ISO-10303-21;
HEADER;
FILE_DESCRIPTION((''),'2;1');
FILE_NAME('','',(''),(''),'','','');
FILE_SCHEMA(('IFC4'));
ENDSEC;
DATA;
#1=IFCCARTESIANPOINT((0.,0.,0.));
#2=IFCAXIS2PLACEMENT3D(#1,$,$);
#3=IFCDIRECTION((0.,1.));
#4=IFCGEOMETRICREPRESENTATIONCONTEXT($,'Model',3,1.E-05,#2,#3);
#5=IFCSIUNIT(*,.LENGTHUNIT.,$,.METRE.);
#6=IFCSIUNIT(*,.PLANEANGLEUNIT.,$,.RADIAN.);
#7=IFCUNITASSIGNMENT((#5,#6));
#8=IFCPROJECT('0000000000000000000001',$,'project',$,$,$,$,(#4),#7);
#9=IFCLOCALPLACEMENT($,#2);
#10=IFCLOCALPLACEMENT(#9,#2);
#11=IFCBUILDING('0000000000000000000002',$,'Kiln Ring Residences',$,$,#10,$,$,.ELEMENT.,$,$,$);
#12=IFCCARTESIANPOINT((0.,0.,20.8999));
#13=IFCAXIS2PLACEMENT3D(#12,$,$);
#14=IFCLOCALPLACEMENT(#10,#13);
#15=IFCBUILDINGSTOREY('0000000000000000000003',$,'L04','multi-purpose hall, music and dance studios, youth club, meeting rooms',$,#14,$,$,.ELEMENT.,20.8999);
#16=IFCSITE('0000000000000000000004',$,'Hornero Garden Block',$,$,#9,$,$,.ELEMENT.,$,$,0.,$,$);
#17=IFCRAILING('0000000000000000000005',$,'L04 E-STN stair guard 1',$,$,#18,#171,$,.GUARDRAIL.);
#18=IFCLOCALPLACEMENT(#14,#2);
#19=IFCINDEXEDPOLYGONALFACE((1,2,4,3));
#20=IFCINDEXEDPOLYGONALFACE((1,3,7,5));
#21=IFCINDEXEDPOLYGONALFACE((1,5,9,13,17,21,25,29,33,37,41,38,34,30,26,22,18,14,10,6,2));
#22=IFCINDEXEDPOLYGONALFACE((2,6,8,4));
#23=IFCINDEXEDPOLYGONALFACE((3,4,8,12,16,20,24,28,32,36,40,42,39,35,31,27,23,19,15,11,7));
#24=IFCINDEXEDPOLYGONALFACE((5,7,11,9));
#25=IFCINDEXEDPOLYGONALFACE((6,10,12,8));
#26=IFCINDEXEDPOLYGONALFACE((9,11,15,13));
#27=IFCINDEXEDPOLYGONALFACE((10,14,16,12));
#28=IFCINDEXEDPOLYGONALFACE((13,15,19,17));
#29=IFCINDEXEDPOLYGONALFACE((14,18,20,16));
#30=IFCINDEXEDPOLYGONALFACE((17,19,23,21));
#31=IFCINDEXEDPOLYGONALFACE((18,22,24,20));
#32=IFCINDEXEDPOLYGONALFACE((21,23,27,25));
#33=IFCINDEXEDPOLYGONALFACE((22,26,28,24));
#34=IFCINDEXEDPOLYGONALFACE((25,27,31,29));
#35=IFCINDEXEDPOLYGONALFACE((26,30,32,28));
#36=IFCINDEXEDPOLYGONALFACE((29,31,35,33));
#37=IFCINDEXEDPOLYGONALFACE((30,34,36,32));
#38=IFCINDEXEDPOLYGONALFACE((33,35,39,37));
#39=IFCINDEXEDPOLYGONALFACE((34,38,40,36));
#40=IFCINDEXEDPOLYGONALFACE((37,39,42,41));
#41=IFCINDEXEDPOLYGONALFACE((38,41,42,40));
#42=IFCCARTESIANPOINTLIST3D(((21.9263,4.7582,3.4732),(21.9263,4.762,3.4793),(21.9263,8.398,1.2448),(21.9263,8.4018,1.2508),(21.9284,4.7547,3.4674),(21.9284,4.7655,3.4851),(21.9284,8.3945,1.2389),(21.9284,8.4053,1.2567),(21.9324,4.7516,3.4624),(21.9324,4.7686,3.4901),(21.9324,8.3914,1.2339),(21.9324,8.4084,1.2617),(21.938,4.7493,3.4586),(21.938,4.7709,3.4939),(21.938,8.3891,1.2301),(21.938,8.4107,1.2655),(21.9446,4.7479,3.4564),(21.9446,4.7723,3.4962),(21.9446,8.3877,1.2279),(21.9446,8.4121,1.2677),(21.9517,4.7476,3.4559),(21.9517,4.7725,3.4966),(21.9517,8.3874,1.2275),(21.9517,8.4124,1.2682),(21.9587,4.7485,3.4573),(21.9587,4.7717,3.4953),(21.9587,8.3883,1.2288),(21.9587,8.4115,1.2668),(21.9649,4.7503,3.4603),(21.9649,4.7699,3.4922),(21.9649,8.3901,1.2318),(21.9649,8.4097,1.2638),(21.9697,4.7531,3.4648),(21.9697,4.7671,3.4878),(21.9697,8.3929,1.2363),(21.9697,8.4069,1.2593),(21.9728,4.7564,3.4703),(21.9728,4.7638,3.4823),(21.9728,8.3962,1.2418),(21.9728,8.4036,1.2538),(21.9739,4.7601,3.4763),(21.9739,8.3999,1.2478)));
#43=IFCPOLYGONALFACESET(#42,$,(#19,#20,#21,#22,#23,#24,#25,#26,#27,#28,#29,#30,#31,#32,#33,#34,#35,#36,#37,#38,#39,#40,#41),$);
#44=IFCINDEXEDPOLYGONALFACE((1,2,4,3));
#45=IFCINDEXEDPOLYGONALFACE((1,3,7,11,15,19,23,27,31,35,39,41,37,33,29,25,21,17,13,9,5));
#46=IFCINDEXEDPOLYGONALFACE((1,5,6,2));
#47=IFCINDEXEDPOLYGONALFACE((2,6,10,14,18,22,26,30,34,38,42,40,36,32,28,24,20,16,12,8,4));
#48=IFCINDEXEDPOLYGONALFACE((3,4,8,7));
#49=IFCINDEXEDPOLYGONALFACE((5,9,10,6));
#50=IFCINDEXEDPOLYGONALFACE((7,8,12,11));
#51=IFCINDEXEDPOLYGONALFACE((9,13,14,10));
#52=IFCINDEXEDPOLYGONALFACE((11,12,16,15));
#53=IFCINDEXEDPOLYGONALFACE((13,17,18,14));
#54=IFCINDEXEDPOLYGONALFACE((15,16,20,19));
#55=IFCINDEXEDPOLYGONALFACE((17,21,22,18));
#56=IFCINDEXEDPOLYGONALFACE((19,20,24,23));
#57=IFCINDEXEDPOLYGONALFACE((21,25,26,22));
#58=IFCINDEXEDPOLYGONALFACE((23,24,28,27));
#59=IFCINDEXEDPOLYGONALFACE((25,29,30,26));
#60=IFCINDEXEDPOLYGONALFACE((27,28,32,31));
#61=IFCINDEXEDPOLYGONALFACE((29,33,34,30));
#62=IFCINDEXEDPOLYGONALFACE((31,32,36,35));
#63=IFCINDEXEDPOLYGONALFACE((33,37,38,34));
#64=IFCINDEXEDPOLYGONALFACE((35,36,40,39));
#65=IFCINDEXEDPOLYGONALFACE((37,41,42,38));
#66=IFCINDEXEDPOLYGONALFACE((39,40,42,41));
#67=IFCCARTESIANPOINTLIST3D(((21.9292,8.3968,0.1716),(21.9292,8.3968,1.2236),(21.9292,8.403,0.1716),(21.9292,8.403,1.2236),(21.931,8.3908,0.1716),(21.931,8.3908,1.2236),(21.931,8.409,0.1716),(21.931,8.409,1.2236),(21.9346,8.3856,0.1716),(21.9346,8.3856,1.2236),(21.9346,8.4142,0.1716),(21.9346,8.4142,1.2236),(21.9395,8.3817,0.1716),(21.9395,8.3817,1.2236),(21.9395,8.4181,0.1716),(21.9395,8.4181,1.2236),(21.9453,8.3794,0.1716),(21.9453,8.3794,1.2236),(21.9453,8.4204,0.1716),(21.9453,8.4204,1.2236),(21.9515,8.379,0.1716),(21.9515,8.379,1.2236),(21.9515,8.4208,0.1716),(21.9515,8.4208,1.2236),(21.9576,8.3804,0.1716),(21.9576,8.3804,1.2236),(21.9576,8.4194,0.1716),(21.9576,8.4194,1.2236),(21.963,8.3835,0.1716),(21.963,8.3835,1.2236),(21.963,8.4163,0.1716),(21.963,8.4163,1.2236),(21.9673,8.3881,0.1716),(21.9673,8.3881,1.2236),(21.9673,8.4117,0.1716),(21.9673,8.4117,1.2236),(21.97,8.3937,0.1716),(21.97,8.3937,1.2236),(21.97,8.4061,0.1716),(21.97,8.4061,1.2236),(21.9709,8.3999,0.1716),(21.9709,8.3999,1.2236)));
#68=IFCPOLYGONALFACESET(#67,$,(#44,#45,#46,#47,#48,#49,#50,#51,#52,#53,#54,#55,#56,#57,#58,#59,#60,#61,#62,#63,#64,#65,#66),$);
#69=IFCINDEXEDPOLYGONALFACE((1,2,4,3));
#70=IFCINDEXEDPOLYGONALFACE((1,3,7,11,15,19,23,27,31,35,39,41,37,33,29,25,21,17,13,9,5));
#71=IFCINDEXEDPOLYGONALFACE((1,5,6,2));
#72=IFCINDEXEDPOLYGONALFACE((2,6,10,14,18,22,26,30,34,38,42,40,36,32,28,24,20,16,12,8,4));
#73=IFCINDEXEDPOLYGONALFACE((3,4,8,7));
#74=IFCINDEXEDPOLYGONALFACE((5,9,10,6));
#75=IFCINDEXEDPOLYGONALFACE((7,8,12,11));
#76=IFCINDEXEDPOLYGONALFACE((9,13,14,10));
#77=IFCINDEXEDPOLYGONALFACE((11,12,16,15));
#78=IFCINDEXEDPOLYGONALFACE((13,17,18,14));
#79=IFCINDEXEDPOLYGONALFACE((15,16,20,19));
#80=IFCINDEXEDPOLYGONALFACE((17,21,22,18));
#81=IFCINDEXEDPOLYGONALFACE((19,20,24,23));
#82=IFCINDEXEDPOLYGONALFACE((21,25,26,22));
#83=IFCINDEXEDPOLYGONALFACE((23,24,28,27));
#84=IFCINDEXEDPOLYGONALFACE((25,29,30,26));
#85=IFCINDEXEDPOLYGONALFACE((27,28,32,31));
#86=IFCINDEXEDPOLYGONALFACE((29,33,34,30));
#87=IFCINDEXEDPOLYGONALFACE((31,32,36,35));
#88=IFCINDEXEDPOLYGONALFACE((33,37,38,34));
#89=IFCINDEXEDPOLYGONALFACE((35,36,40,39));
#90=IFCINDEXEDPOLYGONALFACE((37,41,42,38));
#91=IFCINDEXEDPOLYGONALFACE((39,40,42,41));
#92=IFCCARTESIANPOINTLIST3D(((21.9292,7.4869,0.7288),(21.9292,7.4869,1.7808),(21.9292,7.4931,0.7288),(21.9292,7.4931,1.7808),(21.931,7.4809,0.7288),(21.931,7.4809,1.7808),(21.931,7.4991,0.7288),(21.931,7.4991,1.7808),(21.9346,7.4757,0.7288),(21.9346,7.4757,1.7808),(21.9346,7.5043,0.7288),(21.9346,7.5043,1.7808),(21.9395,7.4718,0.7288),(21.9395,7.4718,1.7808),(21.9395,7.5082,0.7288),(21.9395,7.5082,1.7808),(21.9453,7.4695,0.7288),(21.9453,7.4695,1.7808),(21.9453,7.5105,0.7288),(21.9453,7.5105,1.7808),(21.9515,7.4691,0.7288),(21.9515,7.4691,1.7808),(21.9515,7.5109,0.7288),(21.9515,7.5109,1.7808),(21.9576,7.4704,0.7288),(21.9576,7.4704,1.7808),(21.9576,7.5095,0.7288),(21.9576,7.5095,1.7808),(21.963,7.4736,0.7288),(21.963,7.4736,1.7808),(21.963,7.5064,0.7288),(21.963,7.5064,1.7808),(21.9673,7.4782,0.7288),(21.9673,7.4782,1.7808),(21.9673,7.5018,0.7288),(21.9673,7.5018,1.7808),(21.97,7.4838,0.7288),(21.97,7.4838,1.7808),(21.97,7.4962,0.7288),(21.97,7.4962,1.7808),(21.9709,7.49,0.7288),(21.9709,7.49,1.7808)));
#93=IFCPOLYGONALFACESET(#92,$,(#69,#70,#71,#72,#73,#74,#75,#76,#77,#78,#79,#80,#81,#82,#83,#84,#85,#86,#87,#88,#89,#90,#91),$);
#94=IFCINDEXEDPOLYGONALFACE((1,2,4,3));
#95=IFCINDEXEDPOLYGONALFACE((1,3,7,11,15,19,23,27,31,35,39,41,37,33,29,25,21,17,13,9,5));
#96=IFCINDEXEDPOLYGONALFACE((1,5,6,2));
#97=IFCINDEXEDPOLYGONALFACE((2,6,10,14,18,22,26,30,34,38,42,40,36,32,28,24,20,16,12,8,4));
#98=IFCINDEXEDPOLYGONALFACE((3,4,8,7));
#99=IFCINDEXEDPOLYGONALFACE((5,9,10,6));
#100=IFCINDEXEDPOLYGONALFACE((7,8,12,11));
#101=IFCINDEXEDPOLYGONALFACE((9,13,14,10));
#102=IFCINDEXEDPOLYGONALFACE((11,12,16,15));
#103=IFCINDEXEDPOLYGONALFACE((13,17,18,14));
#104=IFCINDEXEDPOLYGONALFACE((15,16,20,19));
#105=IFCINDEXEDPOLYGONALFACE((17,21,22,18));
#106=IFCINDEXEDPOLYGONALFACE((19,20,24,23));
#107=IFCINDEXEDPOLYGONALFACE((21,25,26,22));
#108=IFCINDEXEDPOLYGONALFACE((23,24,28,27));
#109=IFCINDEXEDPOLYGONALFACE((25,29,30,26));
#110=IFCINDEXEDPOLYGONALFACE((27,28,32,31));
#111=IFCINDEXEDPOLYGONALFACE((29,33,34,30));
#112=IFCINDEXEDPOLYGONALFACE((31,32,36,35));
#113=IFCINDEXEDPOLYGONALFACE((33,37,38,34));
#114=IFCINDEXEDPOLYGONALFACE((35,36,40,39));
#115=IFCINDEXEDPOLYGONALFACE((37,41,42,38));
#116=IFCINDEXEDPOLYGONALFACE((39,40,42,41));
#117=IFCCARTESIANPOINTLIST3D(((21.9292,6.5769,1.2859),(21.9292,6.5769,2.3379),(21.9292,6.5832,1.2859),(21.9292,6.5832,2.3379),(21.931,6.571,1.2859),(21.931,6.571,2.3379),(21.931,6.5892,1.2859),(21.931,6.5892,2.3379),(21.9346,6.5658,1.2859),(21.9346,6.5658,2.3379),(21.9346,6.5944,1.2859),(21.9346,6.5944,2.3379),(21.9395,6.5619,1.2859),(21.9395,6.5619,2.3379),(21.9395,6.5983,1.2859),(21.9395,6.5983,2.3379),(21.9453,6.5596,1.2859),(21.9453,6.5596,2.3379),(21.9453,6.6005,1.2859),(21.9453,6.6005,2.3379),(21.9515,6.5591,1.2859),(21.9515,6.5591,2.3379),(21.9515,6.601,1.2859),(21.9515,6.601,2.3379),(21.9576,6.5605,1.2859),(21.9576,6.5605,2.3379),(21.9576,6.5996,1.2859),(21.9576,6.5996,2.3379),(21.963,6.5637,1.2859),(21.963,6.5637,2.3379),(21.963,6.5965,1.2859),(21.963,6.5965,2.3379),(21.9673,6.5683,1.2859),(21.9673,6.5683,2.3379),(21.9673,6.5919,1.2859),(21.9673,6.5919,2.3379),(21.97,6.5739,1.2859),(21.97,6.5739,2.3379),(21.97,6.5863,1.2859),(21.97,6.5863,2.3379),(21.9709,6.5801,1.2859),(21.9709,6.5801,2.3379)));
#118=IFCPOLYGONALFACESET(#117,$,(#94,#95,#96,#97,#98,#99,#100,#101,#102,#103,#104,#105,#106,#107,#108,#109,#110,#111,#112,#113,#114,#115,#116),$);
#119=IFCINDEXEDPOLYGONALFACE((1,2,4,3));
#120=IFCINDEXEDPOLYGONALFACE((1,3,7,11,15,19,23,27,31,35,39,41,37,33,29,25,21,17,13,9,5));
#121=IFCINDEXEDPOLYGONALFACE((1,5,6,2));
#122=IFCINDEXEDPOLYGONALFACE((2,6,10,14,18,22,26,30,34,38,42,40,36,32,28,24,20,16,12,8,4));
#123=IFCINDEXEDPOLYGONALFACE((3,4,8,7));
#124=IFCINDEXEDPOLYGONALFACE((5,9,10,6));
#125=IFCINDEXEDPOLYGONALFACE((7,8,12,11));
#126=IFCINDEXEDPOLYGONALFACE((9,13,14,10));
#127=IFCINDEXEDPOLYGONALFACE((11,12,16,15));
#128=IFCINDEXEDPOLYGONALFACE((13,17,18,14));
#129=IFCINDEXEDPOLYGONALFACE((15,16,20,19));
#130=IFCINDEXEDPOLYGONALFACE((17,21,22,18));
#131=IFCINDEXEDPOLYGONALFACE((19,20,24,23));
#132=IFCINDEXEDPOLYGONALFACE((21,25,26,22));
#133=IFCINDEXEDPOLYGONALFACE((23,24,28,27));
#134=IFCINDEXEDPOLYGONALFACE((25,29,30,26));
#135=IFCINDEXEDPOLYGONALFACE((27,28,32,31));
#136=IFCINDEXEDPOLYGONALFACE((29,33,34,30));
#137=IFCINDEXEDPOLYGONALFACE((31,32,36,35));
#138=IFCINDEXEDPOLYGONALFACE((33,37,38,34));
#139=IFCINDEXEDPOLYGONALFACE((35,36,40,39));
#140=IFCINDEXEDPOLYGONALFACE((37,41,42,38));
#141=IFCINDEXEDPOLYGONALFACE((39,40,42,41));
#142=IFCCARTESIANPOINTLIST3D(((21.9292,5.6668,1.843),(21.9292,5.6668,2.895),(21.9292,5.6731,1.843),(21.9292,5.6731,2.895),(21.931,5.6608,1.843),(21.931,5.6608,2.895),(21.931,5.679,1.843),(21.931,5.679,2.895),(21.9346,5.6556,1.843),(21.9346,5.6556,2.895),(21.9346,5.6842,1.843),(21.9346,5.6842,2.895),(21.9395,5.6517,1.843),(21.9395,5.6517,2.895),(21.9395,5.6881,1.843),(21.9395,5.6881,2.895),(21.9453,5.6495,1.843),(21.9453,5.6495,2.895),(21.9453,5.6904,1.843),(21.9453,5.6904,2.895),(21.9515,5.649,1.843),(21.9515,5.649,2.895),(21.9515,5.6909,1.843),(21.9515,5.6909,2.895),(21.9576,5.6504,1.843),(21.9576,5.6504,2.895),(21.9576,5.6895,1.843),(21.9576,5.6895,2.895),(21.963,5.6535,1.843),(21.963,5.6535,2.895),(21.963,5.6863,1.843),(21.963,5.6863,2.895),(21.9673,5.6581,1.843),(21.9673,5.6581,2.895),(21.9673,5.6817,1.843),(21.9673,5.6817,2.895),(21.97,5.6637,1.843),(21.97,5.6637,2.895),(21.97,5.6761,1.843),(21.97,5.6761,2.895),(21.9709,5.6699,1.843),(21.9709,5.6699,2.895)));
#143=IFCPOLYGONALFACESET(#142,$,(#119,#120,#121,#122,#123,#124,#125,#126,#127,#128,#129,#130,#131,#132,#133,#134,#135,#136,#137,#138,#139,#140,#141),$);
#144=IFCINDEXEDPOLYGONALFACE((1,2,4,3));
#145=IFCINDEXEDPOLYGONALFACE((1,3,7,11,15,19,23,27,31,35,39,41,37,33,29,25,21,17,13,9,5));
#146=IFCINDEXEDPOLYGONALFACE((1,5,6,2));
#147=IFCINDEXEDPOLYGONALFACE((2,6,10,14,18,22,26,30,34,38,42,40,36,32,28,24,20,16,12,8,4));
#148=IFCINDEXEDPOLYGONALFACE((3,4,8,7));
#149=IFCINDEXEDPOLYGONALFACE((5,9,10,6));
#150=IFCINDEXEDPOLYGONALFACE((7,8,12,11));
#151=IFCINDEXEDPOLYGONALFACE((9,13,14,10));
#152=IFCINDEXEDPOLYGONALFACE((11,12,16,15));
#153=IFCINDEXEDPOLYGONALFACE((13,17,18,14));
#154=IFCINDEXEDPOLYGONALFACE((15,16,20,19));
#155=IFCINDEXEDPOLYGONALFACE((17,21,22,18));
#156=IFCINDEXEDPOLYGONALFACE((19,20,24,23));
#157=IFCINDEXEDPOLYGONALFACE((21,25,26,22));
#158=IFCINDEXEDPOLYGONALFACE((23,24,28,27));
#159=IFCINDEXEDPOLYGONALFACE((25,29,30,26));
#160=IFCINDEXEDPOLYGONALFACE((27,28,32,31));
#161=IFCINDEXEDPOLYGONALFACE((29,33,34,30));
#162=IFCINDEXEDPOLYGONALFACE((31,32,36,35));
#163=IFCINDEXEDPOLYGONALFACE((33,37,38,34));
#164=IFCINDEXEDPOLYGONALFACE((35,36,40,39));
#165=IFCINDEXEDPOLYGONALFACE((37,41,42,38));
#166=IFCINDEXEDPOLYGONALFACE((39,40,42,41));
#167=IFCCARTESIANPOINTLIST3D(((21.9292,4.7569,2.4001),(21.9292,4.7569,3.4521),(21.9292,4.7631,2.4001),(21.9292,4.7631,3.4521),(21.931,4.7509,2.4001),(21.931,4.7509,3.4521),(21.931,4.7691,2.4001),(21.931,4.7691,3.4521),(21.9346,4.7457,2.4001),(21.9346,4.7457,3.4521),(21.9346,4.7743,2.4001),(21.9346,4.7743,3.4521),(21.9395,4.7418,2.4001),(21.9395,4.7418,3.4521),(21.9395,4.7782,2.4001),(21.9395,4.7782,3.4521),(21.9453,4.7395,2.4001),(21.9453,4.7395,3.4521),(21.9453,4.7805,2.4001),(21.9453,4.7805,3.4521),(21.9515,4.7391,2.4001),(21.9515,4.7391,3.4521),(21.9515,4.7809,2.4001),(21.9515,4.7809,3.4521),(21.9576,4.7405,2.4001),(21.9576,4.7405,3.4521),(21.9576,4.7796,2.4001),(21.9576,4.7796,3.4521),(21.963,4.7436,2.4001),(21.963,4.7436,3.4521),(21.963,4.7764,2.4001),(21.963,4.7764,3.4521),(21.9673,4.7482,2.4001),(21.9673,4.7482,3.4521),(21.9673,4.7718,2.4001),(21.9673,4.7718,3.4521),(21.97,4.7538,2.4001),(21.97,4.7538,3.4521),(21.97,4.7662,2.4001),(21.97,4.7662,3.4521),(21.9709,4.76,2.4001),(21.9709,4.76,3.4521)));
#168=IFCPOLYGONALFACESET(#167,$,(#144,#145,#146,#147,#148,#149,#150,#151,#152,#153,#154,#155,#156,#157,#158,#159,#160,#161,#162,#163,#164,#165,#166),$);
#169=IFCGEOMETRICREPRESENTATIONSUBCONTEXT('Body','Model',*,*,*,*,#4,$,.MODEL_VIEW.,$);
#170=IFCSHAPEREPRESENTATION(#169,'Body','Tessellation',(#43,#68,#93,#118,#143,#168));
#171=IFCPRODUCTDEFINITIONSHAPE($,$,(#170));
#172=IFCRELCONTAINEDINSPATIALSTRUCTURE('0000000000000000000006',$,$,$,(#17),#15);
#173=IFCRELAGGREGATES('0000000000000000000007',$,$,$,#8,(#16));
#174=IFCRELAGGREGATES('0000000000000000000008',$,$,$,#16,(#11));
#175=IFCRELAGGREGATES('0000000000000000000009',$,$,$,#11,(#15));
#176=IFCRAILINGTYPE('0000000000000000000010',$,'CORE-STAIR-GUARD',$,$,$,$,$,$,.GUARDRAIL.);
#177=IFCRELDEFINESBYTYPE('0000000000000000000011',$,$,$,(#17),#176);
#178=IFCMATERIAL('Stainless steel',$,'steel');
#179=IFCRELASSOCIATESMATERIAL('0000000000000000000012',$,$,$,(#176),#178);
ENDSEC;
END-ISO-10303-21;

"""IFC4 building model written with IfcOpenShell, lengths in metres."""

from ifc_helpers import new_model, si_unit, direction, frame, origin, origin_2d, place, context, subcontext, project, spatial, circle, extrude, material, type_object, element, save


model = new_model("IFC4")

# Units and contexts
model_context = context("Model", 3, precision=1e-05, world=origin(), true_north=direction((0.0, 1.0)))
body_context = subcontext(model_context, "Body", "Model", "MODEL_VIEW")
ifc_project = project(units=[si_unit("LENGTHUNIT", "METRE"), si_unit("PLANEANGLEUNIT", "RADIAN")], contexts=[model_context])

# Site, building, storey
site_placement = place(None, origin())
site = spatial("IfcSite", under=ifc_project, at=site_placement, Name="Hornero Garden Block", CompositionType="ELEMENT", RefElevation=0.0)
building_placement = place(site_placement, origin())
building = spatial("IfcBuilding", under=site, at=building_placement, Name="Kiln Ring Residences", CompositionType="ELEMENT")
storey_placement = place(building_placement, frame((0.0, 0.0, 20.8999)))
storey = spatial("IfcBuildingStorey", under=building, at=storey_placement, Name="L04", Description="multi-purpose hall, music and dance studios, youth club, meeting rooms", CompositionType="ELEMENT", Elevation=20.8999)

# Railing
ifc_material_1 = material(Name="Stainless steel", Category="steel")
railing_type_1 = type_object("IfcRailingType", Name="CORE-STAIR-GUARD", PredefinedType="GUARDRAIL", material=ifc_material_1)
railing_1_placement = place(storey_placement, frame((21.95, 8.3999, 0.1716)))
element("IfcRailing", 1, at=railing_1_placement, inside=storey, type_object=railing_type_1, Name="L04 E-STN stair guard 1", PredefinedType="GUARDRAIL", context=body_context, shape_type="SweptSolid", body=[
    extrude(circle(Radius=0.0239, at=origin_2d()), frame((0.0, 0.0, 1.0762), z_axis=(0.0, -0.85285, 0.522156), x_axis=(1.0, 0.0, 0.0)), (0.0, 0.0, 1.0), 4.2678),
    extrude(circle(Radius=0.021, at=origin_2d()), origin(), (0.0, 0.0, 1.0), 1.052),
    extrude(circle(Radius=0.021, at=origin_2d()), frame((0.0, -0.9099, 0.5571)), (0.0, 0.0, 1.0), 1.052),
    extrude(circle(Radius=0.021, at=origin_2d()), frame((0.0, -1.8198, 1.1143)), (0.0, 0.0, 1.0), 1.052),
    extrude(circle(Radius=0.021, at=origin_2d()), frame((0.0, -2.73, 1.6714)), (0.0, 0.0, 1.0), 1.052),
    extrude(circle(Radius=0.021, at=origin_2d()), frame((0.0, -3.6399, 2.2285)), (0.0, 0.0, 1.0), 1.052),
])

save(model, "model.ifc")
